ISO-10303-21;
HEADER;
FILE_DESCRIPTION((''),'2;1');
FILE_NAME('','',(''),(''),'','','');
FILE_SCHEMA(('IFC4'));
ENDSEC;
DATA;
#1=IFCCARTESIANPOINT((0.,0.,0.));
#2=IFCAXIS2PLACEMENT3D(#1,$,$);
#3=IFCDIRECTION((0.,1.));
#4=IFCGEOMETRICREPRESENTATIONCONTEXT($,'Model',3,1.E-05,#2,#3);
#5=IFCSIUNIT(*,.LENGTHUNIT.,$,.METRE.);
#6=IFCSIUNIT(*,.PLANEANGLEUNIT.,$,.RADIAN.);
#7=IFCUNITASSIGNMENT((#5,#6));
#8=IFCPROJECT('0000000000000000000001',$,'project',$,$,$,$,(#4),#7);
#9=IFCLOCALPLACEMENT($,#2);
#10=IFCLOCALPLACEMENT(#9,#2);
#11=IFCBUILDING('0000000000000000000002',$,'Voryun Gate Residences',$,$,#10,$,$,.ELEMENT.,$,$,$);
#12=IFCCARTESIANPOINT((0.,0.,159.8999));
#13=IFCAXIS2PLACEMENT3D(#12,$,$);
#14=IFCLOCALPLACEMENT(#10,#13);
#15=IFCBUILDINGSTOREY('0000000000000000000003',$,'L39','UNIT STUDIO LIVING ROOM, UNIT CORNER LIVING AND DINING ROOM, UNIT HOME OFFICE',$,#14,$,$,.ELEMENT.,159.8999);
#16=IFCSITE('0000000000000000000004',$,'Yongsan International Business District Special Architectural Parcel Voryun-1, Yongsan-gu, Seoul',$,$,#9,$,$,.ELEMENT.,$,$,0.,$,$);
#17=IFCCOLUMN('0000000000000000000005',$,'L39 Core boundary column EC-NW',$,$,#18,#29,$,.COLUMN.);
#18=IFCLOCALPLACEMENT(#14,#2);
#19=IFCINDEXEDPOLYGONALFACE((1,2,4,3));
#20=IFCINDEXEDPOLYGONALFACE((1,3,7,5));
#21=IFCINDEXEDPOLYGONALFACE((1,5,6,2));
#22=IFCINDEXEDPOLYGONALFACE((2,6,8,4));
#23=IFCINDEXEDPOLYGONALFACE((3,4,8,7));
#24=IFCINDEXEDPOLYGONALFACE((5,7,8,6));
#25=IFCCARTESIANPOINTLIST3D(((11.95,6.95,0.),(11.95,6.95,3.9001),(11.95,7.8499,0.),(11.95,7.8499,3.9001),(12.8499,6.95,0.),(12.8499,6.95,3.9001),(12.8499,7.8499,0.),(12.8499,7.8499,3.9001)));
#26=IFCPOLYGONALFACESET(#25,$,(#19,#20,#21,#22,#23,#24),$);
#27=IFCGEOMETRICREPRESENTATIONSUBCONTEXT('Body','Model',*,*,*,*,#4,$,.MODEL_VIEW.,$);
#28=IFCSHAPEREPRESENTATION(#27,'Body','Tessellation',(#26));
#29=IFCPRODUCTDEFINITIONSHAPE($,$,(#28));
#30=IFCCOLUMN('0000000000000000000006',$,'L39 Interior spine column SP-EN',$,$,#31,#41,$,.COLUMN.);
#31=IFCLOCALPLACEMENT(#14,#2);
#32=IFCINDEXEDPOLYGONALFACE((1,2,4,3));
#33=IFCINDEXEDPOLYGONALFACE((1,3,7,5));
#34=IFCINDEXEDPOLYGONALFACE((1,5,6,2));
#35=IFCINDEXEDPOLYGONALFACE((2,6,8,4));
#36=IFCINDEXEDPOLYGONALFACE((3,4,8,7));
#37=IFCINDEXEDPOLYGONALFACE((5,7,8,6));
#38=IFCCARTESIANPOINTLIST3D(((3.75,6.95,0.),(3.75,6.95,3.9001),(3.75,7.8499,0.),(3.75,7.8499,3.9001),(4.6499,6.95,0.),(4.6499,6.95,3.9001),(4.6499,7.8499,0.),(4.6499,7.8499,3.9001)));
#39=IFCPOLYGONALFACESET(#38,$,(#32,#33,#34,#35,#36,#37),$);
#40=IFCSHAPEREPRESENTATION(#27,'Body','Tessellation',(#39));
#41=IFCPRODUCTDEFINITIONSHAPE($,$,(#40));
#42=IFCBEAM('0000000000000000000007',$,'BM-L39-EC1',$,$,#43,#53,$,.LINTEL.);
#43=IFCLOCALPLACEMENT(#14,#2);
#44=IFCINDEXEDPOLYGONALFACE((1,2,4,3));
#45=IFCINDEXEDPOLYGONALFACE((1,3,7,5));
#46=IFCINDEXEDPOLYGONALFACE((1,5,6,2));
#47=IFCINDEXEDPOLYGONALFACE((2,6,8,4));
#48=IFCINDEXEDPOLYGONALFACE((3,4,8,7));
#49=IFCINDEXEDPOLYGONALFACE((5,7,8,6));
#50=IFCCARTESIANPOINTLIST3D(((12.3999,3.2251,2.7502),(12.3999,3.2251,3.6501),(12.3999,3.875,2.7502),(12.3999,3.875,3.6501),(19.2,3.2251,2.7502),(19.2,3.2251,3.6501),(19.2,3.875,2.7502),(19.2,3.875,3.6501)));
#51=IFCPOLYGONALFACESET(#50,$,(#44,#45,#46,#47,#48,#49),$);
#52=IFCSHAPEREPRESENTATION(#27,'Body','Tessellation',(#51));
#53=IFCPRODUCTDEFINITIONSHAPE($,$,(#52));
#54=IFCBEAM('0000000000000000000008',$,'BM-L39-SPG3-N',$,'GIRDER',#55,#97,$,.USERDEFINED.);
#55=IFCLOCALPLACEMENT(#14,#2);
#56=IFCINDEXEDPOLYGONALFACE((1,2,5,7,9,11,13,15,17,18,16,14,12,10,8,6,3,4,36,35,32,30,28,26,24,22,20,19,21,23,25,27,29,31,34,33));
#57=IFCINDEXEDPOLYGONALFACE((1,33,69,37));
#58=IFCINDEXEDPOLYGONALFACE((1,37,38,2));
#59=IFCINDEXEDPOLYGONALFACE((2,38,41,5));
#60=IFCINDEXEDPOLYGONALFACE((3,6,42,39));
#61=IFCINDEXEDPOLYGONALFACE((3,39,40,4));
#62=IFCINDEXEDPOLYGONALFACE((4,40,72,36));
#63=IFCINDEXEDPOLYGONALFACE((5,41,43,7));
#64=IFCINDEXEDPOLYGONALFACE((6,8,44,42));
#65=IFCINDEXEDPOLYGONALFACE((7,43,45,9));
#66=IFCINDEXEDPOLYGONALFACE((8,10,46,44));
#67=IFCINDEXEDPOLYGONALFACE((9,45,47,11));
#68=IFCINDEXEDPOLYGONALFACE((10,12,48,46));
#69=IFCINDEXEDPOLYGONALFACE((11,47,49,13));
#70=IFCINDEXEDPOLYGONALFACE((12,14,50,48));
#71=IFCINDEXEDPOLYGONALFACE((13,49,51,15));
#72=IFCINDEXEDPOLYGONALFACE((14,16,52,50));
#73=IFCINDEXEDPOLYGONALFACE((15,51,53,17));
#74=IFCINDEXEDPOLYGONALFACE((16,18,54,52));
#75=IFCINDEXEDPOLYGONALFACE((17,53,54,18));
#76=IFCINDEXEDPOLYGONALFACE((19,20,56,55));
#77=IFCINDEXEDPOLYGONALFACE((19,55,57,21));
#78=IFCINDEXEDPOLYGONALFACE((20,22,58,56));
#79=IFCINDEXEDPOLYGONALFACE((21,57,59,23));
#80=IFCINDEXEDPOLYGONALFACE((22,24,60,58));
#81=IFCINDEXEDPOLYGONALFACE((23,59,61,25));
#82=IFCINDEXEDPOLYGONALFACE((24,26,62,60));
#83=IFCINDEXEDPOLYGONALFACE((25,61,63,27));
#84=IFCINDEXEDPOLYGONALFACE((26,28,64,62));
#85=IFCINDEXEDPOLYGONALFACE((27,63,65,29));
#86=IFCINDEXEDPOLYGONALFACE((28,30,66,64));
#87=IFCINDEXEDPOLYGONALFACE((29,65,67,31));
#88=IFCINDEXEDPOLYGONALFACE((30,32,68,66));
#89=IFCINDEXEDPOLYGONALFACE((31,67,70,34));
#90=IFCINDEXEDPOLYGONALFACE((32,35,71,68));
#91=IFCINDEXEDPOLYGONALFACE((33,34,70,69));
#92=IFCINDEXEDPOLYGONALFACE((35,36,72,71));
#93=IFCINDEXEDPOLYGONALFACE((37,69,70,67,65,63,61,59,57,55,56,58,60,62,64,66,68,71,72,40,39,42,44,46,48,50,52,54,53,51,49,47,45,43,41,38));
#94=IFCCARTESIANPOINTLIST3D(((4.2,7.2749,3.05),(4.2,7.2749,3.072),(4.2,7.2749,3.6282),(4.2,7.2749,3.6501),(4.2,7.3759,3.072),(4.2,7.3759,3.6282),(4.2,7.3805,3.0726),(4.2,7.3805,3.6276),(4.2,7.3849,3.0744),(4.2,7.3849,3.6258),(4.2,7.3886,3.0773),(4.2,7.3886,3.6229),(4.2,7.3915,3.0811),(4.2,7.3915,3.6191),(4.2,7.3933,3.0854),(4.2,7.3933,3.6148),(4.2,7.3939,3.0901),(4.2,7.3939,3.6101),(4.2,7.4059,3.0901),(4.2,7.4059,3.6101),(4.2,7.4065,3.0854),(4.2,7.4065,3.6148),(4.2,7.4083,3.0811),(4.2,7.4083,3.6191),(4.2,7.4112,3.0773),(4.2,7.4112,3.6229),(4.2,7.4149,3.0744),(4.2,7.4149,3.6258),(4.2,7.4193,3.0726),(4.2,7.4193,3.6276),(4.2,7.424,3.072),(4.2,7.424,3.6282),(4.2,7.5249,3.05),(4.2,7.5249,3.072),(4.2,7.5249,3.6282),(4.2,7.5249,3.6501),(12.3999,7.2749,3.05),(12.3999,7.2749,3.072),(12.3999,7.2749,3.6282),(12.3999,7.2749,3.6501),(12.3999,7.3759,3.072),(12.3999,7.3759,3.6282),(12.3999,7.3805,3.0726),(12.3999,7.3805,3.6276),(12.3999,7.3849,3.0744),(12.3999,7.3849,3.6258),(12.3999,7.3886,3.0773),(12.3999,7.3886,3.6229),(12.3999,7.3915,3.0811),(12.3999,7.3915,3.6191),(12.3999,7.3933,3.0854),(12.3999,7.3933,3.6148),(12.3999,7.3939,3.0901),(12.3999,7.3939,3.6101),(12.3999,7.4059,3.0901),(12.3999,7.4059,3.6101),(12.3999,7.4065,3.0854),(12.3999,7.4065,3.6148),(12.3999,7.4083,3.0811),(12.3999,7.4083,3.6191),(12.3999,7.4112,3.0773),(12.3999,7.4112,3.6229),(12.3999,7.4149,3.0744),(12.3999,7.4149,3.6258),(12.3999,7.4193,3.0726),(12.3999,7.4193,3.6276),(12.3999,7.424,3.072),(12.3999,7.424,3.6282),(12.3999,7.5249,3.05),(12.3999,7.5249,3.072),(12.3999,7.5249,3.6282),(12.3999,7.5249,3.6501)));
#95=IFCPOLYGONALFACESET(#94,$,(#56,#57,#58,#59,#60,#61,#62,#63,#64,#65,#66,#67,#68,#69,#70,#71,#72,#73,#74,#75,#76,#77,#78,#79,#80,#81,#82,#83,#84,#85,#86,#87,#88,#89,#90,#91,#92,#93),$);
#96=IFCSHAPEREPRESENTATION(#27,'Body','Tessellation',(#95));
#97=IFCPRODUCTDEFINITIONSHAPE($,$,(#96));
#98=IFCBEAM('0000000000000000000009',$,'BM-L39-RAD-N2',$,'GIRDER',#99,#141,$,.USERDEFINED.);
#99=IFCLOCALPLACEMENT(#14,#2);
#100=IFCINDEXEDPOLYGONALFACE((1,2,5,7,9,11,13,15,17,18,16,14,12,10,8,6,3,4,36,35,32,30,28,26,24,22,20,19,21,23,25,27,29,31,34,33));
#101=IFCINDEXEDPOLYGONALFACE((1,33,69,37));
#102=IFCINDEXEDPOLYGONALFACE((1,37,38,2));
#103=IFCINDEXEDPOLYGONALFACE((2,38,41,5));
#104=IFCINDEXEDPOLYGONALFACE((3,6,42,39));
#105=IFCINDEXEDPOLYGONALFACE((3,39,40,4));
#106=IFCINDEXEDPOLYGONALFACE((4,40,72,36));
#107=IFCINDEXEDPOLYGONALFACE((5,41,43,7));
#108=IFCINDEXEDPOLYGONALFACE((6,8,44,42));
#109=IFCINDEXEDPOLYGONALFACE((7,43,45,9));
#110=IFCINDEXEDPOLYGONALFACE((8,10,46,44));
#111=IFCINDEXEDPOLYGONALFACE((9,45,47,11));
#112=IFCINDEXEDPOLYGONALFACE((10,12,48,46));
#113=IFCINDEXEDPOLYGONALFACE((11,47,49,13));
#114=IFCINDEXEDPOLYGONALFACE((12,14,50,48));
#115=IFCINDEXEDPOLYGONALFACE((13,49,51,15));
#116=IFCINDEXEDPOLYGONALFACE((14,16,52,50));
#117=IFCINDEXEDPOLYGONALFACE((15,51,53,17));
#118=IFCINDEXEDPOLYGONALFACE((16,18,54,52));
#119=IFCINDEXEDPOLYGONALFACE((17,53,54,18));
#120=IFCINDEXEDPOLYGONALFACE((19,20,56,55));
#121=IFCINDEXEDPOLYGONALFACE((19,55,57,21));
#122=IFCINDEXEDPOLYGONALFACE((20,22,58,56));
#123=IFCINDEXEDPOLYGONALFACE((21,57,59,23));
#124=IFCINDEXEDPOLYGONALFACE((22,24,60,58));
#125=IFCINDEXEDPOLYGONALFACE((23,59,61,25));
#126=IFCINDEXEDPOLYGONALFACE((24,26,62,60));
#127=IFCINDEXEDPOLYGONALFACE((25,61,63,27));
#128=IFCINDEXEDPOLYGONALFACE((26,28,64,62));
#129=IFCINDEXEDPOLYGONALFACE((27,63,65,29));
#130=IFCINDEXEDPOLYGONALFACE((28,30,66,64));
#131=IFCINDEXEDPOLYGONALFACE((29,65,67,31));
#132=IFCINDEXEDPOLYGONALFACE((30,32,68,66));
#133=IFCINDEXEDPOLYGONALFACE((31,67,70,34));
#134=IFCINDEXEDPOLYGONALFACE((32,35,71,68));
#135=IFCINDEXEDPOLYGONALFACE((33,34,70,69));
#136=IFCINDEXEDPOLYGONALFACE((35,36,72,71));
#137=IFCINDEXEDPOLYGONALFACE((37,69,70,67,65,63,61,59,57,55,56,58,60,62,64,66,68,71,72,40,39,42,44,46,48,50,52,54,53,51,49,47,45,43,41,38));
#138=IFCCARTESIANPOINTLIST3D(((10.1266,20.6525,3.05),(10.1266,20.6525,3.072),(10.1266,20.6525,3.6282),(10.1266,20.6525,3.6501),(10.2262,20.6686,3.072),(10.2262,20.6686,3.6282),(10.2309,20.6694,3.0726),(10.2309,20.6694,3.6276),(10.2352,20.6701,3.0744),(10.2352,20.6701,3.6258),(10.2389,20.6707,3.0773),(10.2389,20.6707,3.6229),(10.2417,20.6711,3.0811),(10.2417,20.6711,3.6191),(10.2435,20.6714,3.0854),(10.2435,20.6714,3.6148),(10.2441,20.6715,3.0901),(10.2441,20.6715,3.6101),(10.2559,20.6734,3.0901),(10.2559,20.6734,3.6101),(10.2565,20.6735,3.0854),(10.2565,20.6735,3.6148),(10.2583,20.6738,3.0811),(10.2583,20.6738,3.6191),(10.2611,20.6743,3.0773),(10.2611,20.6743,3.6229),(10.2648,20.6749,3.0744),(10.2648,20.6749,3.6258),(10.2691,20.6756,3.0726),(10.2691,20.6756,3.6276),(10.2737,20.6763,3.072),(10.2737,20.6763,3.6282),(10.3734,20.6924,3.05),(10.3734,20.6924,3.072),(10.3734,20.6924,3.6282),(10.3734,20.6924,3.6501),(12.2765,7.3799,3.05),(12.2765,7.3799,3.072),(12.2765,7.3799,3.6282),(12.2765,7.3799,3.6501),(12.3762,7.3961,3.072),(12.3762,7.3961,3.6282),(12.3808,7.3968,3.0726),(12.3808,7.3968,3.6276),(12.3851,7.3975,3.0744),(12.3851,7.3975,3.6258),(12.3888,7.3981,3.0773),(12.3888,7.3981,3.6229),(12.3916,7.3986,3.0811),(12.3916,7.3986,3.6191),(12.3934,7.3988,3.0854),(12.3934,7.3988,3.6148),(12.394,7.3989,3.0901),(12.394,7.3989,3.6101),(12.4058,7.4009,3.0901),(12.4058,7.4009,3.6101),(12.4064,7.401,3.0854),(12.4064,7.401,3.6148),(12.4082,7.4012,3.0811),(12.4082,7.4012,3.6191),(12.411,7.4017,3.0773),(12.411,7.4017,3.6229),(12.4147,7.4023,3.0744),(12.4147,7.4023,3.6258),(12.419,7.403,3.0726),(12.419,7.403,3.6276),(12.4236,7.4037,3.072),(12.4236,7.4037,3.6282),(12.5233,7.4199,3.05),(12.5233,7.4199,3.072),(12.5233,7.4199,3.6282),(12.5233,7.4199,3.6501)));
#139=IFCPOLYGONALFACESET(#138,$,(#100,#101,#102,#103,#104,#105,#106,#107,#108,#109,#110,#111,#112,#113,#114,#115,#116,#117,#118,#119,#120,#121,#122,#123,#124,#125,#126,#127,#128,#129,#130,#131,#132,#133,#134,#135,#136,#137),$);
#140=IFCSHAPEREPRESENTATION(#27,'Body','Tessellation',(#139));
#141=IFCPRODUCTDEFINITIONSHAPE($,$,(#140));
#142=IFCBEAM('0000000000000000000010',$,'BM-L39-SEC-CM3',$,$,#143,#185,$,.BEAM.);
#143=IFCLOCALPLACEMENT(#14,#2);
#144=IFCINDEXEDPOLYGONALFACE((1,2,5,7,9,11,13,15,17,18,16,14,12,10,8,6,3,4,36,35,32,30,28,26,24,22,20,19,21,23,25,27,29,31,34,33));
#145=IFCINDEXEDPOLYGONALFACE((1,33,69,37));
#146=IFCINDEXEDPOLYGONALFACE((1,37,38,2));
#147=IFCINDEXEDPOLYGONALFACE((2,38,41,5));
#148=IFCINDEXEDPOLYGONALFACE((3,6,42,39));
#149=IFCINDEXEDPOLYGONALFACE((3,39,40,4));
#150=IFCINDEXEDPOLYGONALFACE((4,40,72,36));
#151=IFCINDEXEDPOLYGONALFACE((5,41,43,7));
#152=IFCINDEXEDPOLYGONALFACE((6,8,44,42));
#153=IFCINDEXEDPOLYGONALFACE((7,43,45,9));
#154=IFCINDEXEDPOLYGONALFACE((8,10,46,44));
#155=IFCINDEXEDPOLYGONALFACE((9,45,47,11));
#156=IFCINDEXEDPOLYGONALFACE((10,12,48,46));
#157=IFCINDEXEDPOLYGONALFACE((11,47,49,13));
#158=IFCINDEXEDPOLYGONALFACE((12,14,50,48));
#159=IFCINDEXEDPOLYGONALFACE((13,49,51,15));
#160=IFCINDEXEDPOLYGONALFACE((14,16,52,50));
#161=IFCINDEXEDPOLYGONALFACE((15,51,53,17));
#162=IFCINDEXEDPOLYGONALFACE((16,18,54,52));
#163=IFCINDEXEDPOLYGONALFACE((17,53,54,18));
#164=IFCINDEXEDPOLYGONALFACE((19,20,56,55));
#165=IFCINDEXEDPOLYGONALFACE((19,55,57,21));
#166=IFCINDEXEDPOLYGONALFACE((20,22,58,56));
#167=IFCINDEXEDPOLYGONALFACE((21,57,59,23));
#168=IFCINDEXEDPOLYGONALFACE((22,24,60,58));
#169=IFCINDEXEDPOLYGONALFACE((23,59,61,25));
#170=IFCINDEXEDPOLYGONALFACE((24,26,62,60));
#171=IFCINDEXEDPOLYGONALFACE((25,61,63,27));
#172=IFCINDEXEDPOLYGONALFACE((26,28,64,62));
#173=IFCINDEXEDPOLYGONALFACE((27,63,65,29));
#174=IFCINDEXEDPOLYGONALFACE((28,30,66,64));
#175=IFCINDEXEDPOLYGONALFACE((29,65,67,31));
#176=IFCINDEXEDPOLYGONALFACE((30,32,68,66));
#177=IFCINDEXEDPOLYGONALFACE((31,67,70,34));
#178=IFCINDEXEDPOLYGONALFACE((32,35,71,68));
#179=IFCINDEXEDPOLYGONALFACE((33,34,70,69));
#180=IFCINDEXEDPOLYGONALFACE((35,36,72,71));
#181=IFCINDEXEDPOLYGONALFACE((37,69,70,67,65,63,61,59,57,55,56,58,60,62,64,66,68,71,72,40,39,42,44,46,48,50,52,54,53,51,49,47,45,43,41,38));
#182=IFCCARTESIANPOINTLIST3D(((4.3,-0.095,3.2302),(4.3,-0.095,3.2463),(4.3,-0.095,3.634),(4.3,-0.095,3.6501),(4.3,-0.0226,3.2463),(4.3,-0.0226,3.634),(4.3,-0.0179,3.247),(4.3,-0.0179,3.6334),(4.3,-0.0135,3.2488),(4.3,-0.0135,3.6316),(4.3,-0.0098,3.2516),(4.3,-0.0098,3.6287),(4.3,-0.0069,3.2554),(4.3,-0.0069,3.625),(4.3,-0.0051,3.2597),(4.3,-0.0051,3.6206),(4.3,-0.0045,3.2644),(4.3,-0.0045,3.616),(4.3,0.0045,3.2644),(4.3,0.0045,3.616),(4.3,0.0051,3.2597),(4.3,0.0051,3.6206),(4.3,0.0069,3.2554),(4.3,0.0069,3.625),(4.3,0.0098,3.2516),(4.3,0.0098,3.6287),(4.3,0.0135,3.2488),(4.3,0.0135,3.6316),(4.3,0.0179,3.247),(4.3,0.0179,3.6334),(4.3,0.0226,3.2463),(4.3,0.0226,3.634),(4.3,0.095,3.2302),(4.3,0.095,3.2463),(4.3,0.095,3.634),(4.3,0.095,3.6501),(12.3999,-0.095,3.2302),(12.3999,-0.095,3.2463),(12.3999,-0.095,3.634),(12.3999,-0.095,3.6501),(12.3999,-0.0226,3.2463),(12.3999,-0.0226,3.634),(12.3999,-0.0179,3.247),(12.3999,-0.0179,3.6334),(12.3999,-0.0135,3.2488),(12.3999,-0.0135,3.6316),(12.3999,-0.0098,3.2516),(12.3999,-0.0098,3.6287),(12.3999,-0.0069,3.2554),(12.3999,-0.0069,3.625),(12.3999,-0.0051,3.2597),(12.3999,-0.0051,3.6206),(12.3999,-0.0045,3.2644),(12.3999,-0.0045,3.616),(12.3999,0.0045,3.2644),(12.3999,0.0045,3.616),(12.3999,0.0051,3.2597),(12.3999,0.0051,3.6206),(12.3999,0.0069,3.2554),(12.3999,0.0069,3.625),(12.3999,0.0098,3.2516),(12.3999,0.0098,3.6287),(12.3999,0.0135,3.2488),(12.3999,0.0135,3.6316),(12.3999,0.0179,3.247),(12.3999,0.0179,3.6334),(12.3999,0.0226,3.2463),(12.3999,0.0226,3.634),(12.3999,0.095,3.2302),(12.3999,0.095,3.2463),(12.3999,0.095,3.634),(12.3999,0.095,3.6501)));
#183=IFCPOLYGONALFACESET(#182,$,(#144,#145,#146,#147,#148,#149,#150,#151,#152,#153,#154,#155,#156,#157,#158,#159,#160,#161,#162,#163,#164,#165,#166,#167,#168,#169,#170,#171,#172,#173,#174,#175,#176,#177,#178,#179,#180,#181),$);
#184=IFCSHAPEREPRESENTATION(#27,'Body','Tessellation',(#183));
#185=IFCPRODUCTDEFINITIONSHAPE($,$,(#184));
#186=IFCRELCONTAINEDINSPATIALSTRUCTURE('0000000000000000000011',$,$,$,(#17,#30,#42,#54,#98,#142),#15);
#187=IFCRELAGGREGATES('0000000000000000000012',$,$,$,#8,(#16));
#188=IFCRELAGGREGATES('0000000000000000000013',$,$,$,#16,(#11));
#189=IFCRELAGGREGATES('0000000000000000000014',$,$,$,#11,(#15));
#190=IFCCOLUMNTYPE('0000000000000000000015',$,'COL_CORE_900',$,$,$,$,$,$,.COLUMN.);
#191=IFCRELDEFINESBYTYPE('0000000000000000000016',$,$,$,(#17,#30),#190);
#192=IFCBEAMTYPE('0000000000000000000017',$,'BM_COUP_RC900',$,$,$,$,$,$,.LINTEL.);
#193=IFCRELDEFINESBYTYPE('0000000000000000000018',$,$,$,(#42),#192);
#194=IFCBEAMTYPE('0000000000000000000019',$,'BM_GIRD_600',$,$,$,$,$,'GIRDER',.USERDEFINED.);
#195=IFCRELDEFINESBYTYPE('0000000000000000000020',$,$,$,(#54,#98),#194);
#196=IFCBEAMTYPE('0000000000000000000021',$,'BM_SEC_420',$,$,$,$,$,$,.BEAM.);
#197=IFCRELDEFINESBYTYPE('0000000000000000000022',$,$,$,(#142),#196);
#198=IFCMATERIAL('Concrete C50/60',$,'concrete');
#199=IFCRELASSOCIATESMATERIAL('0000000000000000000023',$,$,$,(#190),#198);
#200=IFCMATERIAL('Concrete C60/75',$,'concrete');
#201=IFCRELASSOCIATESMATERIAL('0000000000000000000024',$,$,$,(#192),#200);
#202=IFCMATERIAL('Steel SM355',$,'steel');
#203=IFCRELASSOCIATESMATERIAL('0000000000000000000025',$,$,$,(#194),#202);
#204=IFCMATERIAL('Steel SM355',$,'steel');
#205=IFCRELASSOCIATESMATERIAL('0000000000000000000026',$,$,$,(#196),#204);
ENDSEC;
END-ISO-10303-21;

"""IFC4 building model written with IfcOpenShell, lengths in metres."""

from ifc_helpers import new_model, si_unit, direction, frame, origin, origin_2d, place, context, subcontext, project, spatial, rectangle, i_section, extrude, material, material_profile, profile_set, type_object, element, save


model = new_model("IFC4")

# Units and contexts
model_context = context("Model", 3, precision=1e-05, world=origin(), true_north=direction((0.0, 1.0)))
body_context = subcontext(model_context, "Body", "Model", "MODEL_VIEW")
ifc_project = project(units=[si_unit("LENGTHUNIT", "METRE"), si_unit("PLANEANGLEUNIT", "RADIAN")], contexts=[model_context])

# Site, building, storey
site_placement = place(None, origin())
site = spatial("IfcSite", under=ifc_project, at=site_placement, Name="Yongsan International Business District Special Architectural Parcel Voryun-1, Yongsan-gu, Seoul", CompositionType="ELEMENT", RefElevation=0.0)
building_placement = place(site_placement, origin())
building = spatial("IfcBuilding", under=site, at=building_placement, Name="Voryun Gate Residences", CompositionType="ELEMENT")
storey_placement = place(building_placement, frame((0.0, 0.0, 159.8999)))
storey = spatial("IfcBuildingStorey", under=building, at=storey_placement, Name="L39", Description="UNIT STUDIO LIVING ROOM, UNIT CORNER LIVING AND DINING ROOM, UNIT HOME OFFICE", CompositionType="ELEMENT", Elevation=159.8999)

# Columns
ifc_material_1 = material(Name="Concrete C50/60", Category="concrete")
ifc_material_profile_1 = material_profile(ifc_material_1, rectangle(XDim=0.8999, YDim=0.8999, at=origin_2d()), Name="RC-900x900")
ifc_profile_set_1 = profile_set([ifc_material_profile_1], Name="Concrete C50/60")
column_type = type_object("IfcColumnType", Name="COL_CORE_900", PredefinedType="COLUMN", material=ifc_profile_set_1)
for number, where, z_axis, x_axis, name in (
    (1, (12.3999, 7.3999, 0.0), (0.0, 0.0, 1.0), (1.0, 0.0, 0.0), "L39 Core boundary column EC-NW"),
    (2, (4.2, 7.3999, 0.0), (0.0, 0.0, 1.0), (1.0, 0.0, 0.0), "L39 Interior spine column SP-EN"),
):
    element("IfcColumn", number, at=place(storey_placement, frame(where, z_axis=z_axis, x_axis=x_axis)), inside=storey, type_object=column_type, Name=name, PredefinedType="COLUMN", context=body_context, shape_type="SweptSolid", body=[
        extrude(rectangle(XDim=0.8999, YDim=0.8999, at=origin_2d()), origin(), (0.0, 0.0, 1.0), 3.9001),
    ])

# Beams
ifc_material_2 = material(Name="Concrete C60/75", Category="concrete")
ifc_material_profile_2 = material_profile(ifc_material_2, rectangle(XDim=0.6499, YDim=0.8999, at=origin_2d()), Name="RC-650x900")
ifc_profile_set_2 = profile_set([ifc_material_profile_2], Name="Concrete C60/75")
beam_type_1 = type_object("IfcBeamType", Name="BM_COUP_RC900", PredefinedType="LINTEL", material=ifc_profile_set_2)
beam_1_placement = place(storey_placement, frame((12.3999, 3.55, 3.2002), z_axis=(1.0, 0.0, 0.0), x_axis=(0.0, 1.0, 0.0)))
element("IfcBeam", 3, at=beam_1_placement, inside=storey, type_object=beam_type_1, Name="BM-L39-EC1", PredefinedType="LINTEL", context=body_context, shape_type="SweptSolid", body=[
    extrude(rectangle(XDim=0.6499, YDim=0.8999, at=origin_2d()), origin(), (0.0, 0.0, 1.0), 6.8),
])
ifc_material_3 = material(Name="Steel SM355", Category="steel")
ifc_material_profile_3 = material_profile(ifc_material_3, i_section(OverallWidth=0.25, OverallDepth=0.6001, WebThickness=0.012, FlangeThickness=0.022, FilletRadius=0.0181, at=origin_2d()), Name="H-600x250x12x22")
ifc_profile_set_3 = profile_set([ifc_material_profile_3], Name="Steel SM355")
beam_type_2 = type_object("IfcBeamType", Name="BM_GIRD_600", ElementType="GIRDER", PredefinedType="USERDEFINED", material=ifc_profile_set_3)
beam_2_placement = place(storey_placement, frame((4.2, 7.3999, 3.3501), z_axis=(1.0, 0.0, 0.0), x_axis=(0.0, 1.0, 0.0)))
element("IfcBeam", 4, at=beam_2_placement, inside=storey, type_object=beam_type_2, Name="BM-L39-SPG3-N", ObjectType="GIRDER", PredefinedType="USERDEFINED", context=body_context, shape_type="SweptSolid", body=[
    extrude(i_section(OverallWidth=0.25, OverallDepth=0.6001, WebThickness=0.012, FlangeThickness=0.022, FilletRadius=0.0181, at=origin_2d()), origin(), (0.0, 0.0, 1.0), 8.2),
])
beam_3_placement = place(storey_placement, frame((12.3999, 7.3999, 3.3501), z_axis=(-0.159898, 0.987134, 0.0), x_axis=(-0.987134, -0.159898, 0.0)))
element("IfcBeam", 5, at=beam_3_placement, inside=storey, type_object=beam_type_2, Name="BM-L39-RAD-N2", ObjectType="GIRDER", PredefinedType="USERDEFINED", context=body_context, shape_type="SweptSolid", body=[
    extrude(i_section(OverallWidth=0.25, OverallDepth=0.6001, WebThickness=0.012, FlangeThickness=0.022, FilletRadius=0.0181, at=origin_2d()), origin(), (0.0, 0.0, 1.0), 13.4456),
])
ifc_material_4 = material(Name="Steel SM355", Category="steel")
ifc_material_profile_4 = material_profile(ifc_material_4, i_section(OverallWidth=0.1899, OverallDepth=0.4199, WebThickness=0.009, FlangeThickness=0.0161, FilletRadius=0.0181, at=origin_2d()), Name="H-420x190x9x16")
ifc_profile_set_4 = profile_set([ifc_material_profile_4], Name="Steel SM355")
beam_type_3 = type_object("IfcBeamType", Name="BM_SEC_420", PredefinedType="BEAM", material=ifc_profile_set_4)
for number, where, z_axis, x_axis, name in (
    (6, (4.3, 0.0, 3.4402), (1.0, 0.0, 0.0), (0.0, 1.0, 0.0), "BM-L39-SEC-CM3"),
):
    element("IfcBeam", number, at=place(storey_placement, frame(where, z_axis=z_axis, x_axis=x_axis)), inside=storey, type_object=beam_type_3, Name=name, PredefinedType="BEAM", context=body_context, shape_type="SweptSolid", body=[
        extrude(i_section(OverallWidth=0.1899, OverallDepth=0.4199, WebThickness=0.009, FlangeThickness=0.0161, FilletRadius=0.0181, at=origin_2d()), origin(), (0.0, 0.0, 1.0), 8.0999),
    ])

save(model, "model.ifc")
